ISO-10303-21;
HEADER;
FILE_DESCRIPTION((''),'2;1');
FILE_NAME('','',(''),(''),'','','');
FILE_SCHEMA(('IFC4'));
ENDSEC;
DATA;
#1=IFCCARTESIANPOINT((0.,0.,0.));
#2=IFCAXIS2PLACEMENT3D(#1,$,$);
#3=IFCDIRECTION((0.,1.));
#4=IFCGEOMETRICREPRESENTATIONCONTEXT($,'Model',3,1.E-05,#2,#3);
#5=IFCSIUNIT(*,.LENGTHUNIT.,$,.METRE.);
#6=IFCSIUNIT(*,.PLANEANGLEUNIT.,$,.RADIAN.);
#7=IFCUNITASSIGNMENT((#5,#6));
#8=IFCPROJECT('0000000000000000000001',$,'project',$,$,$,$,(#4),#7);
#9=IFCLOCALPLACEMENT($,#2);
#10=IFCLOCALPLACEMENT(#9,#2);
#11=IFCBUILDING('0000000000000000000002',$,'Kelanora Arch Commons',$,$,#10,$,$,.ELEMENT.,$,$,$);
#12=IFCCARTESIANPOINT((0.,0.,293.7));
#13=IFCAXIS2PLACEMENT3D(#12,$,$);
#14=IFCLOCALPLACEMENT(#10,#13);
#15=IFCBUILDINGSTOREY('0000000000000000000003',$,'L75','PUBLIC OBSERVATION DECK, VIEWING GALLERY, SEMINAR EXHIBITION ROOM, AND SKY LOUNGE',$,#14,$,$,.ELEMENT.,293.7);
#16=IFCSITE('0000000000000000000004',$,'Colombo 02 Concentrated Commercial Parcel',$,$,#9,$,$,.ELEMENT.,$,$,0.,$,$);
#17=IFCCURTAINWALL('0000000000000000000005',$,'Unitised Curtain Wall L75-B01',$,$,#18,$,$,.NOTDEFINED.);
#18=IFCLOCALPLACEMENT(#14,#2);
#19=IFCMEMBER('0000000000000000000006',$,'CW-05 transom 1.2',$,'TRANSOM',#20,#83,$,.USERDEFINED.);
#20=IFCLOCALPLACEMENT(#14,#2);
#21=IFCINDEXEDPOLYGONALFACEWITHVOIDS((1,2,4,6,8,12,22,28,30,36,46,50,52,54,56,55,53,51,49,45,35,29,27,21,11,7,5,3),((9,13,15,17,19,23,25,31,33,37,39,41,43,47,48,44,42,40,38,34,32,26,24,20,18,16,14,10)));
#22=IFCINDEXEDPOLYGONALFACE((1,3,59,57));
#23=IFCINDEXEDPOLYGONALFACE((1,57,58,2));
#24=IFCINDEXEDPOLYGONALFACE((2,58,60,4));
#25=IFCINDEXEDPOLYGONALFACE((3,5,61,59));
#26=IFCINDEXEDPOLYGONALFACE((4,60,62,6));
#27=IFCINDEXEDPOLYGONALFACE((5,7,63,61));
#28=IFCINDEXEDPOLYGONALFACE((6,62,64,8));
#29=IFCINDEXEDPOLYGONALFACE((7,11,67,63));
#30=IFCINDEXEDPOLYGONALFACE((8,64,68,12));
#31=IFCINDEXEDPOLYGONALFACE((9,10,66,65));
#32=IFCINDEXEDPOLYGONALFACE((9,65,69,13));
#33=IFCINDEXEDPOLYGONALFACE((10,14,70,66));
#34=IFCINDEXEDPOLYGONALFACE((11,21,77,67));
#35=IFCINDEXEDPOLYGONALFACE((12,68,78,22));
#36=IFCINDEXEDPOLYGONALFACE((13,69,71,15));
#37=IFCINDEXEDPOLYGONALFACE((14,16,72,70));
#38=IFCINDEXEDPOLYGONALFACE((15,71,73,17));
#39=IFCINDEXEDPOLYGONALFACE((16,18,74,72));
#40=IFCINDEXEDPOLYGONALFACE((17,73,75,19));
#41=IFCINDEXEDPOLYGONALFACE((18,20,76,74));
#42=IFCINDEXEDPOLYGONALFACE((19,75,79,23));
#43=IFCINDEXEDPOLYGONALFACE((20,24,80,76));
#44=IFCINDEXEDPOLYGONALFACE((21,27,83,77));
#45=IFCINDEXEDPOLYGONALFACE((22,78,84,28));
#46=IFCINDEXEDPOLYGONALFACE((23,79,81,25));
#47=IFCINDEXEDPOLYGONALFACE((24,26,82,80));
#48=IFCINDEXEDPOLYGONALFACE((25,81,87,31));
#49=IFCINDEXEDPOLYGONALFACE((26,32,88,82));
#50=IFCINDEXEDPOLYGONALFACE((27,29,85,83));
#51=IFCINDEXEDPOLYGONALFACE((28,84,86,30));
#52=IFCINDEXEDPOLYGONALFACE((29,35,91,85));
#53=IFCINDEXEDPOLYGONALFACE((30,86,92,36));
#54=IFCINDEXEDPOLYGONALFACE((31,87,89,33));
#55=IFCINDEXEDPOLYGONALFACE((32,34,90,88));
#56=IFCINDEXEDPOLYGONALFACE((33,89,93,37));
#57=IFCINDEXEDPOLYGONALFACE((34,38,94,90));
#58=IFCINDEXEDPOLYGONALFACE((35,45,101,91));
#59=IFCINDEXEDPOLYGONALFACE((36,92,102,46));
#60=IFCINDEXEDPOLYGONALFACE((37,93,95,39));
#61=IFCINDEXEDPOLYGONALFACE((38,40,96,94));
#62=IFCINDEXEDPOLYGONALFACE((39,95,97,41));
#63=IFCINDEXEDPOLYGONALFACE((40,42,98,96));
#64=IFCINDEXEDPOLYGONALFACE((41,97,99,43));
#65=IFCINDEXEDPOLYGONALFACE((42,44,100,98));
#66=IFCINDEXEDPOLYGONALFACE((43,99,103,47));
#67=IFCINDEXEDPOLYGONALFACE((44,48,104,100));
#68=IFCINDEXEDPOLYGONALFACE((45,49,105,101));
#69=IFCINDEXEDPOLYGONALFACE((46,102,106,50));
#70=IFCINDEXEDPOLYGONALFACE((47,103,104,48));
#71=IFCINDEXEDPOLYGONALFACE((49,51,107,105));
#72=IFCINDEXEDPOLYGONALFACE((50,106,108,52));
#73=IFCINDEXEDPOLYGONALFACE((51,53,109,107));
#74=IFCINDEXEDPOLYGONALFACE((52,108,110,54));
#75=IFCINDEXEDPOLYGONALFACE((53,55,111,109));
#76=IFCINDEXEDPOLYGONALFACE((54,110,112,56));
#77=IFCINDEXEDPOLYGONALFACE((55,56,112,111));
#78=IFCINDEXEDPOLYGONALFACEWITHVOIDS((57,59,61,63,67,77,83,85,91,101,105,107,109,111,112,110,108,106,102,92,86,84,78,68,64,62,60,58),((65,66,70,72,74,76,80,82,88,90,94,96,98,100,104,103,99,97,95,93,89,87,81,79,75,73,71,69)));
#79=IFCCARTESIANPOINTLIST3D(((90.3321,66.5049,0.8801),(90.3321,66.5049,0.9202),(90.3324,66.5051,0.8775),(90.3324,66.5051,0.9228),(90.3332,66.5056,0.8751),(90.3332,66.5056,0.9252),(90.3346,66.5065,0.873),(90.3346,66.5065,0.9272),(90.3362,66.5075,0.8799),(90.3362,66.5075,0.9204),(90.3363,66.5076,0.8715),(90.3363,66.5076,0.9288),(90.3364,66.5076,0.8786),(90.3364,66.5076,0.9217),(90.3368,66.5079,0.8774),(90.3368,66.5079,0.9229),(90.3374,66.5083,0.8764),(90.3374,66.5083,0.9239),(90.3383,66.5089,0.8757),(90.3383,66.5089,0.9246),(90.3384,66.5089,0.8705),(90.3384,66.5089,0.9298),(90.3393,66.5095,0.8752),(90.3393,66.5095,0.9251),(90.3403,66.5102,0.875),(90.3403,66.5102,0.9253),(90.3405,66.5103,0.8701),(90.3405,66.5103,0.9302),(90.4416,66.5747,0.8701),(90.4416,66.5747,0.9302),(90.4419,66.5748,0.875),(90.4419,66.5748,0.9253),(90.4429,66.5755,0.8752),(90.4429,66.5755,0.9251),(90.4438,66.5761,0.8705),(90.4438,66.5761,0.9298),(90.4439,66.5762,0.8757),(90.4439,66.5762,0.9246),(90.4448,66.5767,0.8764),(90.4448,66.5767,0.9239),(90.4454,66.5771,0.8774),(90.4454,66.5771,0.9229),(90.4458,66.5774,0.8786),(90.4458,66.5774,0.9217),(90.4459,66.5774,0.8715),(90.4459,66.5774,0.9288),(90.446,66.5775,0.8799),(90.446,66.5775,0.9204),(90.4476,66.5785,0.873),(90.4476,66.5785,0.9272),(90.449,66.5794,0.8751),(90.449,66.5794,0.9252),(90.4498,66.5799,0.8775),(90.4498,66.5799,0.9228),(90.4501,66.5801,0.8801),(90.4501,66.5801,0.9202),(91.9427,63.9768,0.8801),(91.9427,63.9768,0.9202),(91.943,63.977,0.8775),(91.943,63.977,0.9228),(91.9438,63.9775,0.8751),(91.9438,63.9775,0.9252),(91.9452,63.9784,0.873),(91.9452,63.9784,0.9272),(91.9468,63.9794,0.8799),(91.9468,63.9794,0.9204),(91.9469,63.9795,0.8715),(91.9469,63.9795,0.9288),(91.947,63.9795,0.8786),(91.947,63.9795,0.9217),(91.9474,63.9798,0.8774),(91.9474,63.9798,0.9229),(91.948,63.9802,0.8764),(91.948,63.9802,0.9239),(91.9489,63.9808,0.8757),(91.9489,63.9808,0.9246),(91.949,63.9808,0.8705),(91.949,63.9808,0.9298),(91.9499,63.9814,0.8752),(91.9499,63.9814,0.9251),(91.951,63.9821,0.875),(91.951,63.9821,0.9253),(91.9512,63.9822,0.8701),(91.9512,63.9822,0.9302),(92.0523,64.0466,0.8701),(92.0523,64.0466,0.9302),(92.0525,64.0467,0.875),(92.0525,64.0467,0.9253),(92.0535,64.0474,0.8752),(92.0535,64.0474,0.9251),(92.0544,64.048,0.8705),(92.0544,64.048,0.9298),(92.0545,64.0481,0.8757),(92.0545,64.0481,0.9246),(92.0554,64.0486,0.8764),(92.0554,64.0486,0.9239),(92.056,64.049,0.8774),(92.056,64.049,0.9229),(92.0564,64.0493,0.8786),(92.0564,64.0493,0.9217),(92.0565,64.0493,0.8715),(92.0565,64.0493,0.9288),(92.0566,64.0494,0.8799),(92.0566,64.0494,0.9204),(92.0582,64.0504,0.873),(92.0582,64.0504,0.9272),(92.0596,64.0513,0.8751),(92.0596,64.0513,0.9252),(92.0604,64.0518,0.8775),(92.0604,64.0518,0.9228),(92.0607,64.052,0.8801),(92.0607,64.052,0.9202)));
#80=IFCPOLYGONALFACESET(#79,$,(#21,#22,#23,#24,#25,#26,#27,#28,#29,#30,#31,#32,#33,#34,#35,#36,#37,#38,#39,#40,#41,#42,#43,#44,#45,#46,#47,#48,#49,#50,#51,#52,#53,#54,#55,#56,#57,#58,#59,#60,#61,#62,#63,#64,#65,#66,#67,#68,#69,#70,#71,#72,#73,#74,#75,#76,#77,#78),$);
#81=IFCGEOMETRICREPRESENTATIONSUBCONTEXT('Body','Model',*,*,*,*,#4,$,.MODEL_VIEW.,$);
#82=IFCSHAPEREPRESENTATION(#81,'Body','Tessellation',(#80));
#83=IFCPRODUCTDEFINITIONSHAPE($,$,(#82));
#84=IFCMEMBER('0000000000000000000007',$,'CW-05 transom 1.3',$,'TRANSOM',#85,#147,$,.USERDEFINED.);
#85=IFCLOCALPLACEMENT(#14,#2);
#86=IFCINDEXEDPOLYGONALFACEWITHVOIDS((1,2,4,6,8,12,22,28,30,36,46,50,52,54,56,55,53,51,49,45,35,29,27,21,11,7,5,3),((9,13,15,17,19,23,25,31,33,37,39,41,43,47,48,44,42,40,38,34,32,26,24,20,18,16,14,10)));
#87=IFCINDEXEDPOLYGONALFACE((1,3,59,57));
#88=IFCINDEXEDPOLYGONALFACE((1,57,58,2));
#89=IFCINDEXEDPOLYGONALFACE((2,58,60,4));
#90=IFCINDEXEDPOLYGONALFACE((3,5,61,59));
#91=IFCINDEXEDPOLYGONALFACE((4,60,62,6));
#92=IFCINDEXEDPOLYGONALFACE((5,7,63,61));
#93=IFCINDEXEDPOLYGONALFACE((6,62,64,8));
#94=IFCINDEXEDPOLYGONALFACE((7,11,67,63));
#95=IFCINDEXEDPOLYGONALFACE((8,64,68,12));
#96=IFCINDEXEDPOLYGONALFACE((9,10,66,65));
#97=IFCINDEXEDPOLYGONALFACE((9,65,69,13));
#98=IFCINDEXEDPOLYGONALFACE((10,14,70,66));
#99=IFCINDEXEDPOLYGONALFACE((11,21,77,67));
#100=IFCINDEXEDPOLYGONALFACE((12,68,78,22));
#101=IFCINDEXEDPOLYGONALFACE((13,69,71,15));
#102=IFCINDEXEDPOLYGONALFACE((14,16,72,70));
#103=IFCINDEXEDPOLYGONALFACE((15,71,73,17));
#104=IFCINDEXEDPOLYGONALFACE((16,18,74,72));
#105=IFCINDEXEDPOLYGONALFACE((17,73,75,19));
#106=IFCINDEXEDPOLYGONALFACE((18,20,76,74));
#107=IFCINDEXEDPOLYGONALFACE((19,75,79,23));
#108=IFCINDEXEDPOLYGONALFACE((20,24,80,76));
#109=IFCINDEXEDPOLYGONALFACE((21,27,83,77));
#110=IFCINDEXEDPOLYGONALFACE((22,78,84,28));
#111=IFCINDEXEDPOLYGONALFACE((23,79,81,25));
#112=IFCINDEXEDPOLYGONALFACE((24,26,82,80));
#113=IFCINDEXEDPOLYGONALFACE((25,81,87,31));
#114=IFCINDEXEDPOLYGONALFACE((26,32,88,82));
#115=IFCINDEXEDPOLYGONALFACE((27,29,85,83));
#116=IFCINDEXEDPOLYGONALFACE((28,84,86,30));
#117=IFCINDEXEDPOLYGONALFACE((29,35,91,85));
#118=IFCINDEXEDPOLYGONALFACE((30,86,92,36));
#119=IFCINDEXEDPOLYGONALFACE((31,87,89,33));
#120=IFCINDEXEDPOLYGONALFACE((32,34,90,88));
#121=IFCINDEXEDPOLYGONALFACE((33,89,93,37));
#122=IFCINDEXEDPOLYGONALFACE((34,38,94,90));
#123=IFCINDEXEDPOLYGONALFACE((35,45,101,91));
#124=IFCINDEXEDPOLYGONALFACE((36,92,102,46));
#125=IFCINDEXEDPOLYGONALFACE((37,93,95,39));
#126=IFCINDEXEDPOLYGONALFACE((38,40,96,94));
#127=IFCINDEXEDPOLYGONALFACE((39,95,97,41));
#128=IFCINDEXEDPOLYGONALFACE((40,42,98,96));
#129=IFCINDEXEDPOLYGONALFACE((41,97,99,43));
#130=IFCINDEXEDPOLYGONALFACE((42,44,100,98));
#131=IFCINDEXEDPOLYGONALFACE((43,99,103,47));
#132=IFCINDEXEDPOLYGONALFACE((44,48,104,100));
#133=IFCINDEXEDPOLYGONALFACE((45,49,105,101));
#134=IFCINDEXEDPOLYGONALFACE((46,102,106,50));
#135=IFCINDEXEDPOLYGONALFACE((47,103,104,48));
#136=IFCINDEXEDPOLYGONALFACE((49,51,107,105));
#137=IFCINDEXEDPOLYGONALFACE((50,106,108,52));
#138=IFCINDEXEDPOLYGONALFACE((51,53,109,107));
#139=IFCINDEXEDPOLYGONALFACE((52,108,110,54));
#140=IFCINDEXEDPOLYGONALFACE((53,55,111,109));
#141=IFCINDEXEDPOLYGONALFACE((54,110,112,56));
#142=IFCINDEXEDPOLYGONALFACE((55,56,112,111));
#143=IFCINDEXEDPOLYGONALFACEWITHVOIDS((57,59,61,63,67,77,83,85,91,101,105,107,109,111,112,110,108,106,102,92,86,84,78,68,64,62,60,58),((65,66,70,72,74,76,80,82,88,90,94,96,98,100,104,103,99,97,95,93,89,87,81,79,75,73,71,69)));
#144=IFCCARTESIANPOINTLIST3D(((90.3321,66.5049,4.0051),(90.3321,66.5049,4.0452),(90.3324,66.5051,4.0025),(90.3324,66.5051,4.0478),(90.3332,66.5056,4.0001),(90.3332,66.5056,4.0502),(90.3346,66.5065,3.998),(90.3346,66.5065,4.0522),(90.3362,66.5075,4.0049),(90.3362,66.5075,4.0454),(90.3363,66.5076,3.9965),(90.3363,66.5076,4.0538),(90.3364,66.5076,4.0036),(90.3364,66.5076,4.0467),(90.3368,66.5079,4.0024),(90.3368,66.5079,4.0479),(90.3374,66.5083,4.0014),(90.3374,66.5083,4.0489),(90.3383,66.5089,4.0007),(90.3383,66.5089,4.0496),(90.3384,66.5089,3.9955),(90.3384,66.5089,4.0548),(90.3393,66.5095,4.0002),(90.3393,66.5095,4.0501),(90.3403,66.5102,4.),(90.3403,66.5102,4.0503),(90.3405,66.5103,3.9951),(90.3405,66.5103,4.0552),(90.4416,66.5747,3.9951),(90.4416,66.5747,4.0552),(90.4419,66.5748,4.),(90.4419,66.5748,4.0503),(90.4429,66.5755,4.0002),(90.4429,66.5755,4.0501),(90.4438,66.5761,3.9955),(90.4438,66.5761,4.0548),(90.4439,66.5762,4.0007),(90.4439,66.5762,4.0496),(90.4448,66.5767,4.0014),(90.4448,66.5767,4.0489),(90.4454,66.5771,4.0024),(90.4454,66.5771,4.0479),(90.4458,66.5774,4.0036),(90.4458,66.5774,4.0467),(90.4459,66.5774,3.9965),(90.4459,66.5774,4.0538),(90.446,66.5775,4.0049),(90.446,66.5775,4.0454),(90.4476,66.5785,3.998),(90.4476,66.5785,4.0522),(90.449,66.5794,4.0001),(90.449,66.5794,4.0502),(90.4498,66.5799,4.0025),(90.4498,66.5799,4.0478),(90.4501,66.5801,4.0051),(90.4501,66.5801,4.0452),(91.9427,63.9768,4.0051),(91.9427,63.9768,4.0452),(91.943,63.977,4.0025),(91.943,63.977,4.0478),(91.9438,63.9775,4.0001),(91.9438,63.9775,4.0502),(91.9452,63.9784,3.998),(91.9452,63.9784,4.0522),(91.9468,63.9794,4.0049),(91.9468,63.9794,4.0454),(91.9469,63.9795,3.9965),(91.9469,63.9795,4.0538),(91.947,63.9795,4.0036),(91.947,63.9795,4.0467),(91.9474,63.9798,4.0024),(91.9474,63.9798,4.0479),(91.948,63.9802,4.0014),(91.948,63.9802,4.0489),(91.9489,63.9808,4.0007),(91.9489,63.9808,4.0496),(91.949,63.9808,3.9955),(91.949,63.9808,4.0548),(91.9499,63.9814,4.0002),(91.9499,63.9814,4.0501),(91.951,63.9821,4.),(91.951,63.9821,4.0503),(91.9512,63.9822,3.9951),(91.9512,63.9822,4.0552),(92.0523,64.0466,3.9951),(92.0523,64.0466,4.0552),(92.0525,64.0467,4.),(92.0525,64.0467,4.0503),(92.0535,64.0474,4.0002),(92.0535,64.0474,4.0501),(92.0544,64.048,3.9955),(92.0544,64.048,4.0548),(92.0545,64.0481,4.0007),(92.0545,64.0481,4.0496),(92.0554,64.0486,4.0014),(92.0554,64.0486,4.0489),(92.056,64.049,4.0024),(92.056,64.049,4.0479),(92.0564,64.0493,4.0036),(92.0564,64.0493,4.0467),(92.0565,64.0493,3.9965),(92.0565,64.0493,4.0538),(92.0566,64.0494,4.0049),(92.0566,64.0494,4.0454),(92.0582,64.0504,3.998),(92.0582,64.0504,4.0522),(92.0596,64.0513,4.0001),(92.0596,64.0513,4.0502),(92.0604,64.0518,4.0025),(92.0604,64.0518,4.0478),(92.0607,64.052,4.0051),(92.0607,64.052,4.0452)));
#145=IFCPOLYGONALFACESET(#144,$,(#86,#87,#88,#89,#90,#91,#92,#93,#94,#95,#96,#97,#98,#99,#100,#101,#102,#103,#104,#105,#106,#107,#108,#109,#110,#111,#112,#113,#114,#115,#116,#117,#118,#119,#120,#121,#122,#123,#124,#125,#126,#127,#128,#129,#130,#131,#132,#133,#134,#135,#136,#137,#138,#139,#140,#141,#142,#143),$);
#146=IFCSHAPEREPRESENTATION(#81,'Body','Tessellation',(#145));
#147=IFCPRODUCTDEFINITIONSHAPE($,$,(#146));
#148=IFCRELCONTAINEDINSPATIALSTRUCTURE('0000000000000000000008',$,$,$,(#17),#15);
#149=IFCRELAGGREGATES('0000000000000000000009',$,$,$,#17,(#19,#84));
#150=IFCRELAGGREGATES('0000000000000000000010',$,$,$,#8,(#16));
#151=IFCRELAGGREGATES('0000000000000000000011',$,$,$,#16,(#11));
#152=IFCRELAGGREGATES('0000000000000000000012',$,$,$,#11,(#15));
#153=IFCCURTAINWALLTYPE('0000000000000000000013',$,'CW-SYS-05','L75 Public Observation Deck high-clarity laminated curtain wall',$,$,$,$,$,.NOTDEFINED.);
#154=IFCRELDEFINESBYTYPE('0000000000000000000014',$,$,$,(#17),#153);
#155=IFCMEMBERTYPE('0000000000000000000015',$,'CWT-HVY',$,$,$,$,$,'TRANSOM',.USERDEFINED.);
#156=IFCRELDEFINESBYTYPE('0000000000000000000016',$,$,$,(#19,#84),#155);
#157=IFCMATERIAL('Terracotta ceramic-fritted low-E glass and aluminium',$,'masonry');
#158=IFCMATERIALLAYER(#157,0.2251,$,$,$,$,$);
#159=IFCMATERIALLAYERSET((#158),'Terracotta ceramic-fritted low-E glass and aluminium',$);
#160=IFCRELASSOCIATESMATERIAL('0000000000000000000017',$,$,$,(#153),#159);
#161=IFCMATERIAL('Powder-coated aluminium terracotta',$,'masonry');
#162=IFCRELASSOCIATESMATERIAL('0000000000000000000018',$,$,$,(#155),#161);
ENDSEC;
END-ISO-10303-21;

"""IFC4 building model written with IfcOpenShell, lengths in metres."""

from ifc_helpers import new_model, si_unit, direction, frame, origin, origin_2d, place, context, subcontext, project, spatial, hollow_rectangle, extrude, material, layer, layer_set, material_profile, profile_set, type_object, element, aggregate, save


model = new_model("IFC4")

# Units and contexts
model_context = context("Model", 3, precision=1e-05, world=origin(), true_north=direction((0.0, 1.0)))
body_context = subcontext(model_context, "Body", "Model", "MODEL_VIEW")
ifc_project = project(units=[si_unit("LENGTHUNIT", "METRE"), si_unit("PLANEANGLEUNIT", "RADIAN")], contexts=[model_context])

# Site, building, storey
site_placement = place(None, origin())
site = spatial("IfcSite", under=ifc_project, at=site_placement, Name="Colombo 02 Concentrated Commercial Parcel", CompositionType="ELEMENT", RefElevation=0.0)
building_placement = place(site_placement, origin())
building = spatial("IfcBuilding", under=site, at=building_placement, Name="Kelanora Arch Commons", CompositionType="ELEMENT")
storey_placement = place(building_placement, frame((0.0, 0.0, 293.7)))
storey = spatial("IfcBuildingStorey", under=building, at=storey_placement, Name="L75", Description="PUBLIC OBSERVATION DECK, VIEWING GALLERY, SEMINAR EXHIBITION ROOM, AND SKY LOUNGE", CompositionType="ELEMENT", Elevation=293.7)

# Shared definitions
ifc_material_1 = material(Name="Terracotta ceramic-fritted low-E glass and aluminium", Category="masonry")
ifc_layer_1 = layer(ifc_material_1, 0.2251)
ifc_layer_set_1 = layer_set([ifc_layer_1], Name="Terracotta ceramic-fritted low-E glass and aluminium")
curtain_wall_type = type_object("IfcCurtainWallType", Name="CW-SYS-05", Description="L75 Public Observation Deck high-clarity laminated curtain wall", PredefinedType="NOTDEFINED", material=ifc_layer_set_1)
ifc_material_2 = material(Name="Powder-coated aluminium terracotta", Category="masonry")

# Curtain wall
curtain_wall_1_placement = place(storey_placement, origin())
curtain_wall_1 = element("IfcCurtainWall", 1, at=curtain_wall_1_placement, inside=storey, type_object=curtain_wall_type, Name="Unitised Curtain Wall L75-B01", PredefinedType="NOTDEFINED")

# Members
ifc_material_profile_1 = material_profile(ifc_material_2, hollow_rectangle(XDim=0.1399, YDim=0.0601, WallThickness=0.0049, InnerFilletRadius=0.0049, OuterFilletRadius=0.01, at=origin_2d()), Name="CWT140x60")
ifc_profile_set_1 = profile_set([ifc_material_profile_1], Name="Powder-coated aluminium terracotta")
member_type_1 = type_object("IfcMemberType", Name="CWT-HVY", ElementType="TRANSOM", PredefinedType="USERDEFINED", material=ifc_profile_set_1)
member_1_placement = place(storey_placement, frame((92.0017, 64.0144, 0.9001), z_axis=(-0.537308, 0.843386, 0.0), x_axis=(-0.843386, -0.537308, 0.0)))
member_1 = element("IfcMember", 2, at=member_1_placement, type_object=member_type_1, Name="CW-05 transom 1.2", ObjectType="TRANSOM", PredefinedType="USERDEFINED", context=body_context, shape_type="SweptSolid", body=[
    extrude(hollow_rectangle(XDim=0.1399, YDim=0.0601, WallThickness=0.0049, InnerFilletRadius=0.0049, OuterFilletRadius=0.01, at=origin_2d()), origin(), (0.0, 0.0, 1.0), 2.9976),
])
member_2_placement = place(storey_placement, frame((92.0017, 64.0144, 4.0251), z_axis=(-0.537308, 0.843386, 0.0), x_axis=(-0.843386, -0.537308, 0.0)))
member_2 = element("IfcMember", 3, at=member_2_placement, type_object=member_type_1, Name="CW-05 transom 1.3", ObjectType="TRANSOM", PredefinedType="USERDEFINED", context=body_context, shape_type="SweptSolid", body=[
    extrude(hollow_rectangle(XDim=0.1399, YDim=0.0601, WallThickness=0.0049, InnerFilletRadius=0.0049, OuterFilletRadius=0.01, at=origin_2d()), origin(), (0.0, 0.0, 1.0), 2.9976),
])
aggregate(curtain_wall_1, [member_1, member_2])

save(model, "model.ifc")
